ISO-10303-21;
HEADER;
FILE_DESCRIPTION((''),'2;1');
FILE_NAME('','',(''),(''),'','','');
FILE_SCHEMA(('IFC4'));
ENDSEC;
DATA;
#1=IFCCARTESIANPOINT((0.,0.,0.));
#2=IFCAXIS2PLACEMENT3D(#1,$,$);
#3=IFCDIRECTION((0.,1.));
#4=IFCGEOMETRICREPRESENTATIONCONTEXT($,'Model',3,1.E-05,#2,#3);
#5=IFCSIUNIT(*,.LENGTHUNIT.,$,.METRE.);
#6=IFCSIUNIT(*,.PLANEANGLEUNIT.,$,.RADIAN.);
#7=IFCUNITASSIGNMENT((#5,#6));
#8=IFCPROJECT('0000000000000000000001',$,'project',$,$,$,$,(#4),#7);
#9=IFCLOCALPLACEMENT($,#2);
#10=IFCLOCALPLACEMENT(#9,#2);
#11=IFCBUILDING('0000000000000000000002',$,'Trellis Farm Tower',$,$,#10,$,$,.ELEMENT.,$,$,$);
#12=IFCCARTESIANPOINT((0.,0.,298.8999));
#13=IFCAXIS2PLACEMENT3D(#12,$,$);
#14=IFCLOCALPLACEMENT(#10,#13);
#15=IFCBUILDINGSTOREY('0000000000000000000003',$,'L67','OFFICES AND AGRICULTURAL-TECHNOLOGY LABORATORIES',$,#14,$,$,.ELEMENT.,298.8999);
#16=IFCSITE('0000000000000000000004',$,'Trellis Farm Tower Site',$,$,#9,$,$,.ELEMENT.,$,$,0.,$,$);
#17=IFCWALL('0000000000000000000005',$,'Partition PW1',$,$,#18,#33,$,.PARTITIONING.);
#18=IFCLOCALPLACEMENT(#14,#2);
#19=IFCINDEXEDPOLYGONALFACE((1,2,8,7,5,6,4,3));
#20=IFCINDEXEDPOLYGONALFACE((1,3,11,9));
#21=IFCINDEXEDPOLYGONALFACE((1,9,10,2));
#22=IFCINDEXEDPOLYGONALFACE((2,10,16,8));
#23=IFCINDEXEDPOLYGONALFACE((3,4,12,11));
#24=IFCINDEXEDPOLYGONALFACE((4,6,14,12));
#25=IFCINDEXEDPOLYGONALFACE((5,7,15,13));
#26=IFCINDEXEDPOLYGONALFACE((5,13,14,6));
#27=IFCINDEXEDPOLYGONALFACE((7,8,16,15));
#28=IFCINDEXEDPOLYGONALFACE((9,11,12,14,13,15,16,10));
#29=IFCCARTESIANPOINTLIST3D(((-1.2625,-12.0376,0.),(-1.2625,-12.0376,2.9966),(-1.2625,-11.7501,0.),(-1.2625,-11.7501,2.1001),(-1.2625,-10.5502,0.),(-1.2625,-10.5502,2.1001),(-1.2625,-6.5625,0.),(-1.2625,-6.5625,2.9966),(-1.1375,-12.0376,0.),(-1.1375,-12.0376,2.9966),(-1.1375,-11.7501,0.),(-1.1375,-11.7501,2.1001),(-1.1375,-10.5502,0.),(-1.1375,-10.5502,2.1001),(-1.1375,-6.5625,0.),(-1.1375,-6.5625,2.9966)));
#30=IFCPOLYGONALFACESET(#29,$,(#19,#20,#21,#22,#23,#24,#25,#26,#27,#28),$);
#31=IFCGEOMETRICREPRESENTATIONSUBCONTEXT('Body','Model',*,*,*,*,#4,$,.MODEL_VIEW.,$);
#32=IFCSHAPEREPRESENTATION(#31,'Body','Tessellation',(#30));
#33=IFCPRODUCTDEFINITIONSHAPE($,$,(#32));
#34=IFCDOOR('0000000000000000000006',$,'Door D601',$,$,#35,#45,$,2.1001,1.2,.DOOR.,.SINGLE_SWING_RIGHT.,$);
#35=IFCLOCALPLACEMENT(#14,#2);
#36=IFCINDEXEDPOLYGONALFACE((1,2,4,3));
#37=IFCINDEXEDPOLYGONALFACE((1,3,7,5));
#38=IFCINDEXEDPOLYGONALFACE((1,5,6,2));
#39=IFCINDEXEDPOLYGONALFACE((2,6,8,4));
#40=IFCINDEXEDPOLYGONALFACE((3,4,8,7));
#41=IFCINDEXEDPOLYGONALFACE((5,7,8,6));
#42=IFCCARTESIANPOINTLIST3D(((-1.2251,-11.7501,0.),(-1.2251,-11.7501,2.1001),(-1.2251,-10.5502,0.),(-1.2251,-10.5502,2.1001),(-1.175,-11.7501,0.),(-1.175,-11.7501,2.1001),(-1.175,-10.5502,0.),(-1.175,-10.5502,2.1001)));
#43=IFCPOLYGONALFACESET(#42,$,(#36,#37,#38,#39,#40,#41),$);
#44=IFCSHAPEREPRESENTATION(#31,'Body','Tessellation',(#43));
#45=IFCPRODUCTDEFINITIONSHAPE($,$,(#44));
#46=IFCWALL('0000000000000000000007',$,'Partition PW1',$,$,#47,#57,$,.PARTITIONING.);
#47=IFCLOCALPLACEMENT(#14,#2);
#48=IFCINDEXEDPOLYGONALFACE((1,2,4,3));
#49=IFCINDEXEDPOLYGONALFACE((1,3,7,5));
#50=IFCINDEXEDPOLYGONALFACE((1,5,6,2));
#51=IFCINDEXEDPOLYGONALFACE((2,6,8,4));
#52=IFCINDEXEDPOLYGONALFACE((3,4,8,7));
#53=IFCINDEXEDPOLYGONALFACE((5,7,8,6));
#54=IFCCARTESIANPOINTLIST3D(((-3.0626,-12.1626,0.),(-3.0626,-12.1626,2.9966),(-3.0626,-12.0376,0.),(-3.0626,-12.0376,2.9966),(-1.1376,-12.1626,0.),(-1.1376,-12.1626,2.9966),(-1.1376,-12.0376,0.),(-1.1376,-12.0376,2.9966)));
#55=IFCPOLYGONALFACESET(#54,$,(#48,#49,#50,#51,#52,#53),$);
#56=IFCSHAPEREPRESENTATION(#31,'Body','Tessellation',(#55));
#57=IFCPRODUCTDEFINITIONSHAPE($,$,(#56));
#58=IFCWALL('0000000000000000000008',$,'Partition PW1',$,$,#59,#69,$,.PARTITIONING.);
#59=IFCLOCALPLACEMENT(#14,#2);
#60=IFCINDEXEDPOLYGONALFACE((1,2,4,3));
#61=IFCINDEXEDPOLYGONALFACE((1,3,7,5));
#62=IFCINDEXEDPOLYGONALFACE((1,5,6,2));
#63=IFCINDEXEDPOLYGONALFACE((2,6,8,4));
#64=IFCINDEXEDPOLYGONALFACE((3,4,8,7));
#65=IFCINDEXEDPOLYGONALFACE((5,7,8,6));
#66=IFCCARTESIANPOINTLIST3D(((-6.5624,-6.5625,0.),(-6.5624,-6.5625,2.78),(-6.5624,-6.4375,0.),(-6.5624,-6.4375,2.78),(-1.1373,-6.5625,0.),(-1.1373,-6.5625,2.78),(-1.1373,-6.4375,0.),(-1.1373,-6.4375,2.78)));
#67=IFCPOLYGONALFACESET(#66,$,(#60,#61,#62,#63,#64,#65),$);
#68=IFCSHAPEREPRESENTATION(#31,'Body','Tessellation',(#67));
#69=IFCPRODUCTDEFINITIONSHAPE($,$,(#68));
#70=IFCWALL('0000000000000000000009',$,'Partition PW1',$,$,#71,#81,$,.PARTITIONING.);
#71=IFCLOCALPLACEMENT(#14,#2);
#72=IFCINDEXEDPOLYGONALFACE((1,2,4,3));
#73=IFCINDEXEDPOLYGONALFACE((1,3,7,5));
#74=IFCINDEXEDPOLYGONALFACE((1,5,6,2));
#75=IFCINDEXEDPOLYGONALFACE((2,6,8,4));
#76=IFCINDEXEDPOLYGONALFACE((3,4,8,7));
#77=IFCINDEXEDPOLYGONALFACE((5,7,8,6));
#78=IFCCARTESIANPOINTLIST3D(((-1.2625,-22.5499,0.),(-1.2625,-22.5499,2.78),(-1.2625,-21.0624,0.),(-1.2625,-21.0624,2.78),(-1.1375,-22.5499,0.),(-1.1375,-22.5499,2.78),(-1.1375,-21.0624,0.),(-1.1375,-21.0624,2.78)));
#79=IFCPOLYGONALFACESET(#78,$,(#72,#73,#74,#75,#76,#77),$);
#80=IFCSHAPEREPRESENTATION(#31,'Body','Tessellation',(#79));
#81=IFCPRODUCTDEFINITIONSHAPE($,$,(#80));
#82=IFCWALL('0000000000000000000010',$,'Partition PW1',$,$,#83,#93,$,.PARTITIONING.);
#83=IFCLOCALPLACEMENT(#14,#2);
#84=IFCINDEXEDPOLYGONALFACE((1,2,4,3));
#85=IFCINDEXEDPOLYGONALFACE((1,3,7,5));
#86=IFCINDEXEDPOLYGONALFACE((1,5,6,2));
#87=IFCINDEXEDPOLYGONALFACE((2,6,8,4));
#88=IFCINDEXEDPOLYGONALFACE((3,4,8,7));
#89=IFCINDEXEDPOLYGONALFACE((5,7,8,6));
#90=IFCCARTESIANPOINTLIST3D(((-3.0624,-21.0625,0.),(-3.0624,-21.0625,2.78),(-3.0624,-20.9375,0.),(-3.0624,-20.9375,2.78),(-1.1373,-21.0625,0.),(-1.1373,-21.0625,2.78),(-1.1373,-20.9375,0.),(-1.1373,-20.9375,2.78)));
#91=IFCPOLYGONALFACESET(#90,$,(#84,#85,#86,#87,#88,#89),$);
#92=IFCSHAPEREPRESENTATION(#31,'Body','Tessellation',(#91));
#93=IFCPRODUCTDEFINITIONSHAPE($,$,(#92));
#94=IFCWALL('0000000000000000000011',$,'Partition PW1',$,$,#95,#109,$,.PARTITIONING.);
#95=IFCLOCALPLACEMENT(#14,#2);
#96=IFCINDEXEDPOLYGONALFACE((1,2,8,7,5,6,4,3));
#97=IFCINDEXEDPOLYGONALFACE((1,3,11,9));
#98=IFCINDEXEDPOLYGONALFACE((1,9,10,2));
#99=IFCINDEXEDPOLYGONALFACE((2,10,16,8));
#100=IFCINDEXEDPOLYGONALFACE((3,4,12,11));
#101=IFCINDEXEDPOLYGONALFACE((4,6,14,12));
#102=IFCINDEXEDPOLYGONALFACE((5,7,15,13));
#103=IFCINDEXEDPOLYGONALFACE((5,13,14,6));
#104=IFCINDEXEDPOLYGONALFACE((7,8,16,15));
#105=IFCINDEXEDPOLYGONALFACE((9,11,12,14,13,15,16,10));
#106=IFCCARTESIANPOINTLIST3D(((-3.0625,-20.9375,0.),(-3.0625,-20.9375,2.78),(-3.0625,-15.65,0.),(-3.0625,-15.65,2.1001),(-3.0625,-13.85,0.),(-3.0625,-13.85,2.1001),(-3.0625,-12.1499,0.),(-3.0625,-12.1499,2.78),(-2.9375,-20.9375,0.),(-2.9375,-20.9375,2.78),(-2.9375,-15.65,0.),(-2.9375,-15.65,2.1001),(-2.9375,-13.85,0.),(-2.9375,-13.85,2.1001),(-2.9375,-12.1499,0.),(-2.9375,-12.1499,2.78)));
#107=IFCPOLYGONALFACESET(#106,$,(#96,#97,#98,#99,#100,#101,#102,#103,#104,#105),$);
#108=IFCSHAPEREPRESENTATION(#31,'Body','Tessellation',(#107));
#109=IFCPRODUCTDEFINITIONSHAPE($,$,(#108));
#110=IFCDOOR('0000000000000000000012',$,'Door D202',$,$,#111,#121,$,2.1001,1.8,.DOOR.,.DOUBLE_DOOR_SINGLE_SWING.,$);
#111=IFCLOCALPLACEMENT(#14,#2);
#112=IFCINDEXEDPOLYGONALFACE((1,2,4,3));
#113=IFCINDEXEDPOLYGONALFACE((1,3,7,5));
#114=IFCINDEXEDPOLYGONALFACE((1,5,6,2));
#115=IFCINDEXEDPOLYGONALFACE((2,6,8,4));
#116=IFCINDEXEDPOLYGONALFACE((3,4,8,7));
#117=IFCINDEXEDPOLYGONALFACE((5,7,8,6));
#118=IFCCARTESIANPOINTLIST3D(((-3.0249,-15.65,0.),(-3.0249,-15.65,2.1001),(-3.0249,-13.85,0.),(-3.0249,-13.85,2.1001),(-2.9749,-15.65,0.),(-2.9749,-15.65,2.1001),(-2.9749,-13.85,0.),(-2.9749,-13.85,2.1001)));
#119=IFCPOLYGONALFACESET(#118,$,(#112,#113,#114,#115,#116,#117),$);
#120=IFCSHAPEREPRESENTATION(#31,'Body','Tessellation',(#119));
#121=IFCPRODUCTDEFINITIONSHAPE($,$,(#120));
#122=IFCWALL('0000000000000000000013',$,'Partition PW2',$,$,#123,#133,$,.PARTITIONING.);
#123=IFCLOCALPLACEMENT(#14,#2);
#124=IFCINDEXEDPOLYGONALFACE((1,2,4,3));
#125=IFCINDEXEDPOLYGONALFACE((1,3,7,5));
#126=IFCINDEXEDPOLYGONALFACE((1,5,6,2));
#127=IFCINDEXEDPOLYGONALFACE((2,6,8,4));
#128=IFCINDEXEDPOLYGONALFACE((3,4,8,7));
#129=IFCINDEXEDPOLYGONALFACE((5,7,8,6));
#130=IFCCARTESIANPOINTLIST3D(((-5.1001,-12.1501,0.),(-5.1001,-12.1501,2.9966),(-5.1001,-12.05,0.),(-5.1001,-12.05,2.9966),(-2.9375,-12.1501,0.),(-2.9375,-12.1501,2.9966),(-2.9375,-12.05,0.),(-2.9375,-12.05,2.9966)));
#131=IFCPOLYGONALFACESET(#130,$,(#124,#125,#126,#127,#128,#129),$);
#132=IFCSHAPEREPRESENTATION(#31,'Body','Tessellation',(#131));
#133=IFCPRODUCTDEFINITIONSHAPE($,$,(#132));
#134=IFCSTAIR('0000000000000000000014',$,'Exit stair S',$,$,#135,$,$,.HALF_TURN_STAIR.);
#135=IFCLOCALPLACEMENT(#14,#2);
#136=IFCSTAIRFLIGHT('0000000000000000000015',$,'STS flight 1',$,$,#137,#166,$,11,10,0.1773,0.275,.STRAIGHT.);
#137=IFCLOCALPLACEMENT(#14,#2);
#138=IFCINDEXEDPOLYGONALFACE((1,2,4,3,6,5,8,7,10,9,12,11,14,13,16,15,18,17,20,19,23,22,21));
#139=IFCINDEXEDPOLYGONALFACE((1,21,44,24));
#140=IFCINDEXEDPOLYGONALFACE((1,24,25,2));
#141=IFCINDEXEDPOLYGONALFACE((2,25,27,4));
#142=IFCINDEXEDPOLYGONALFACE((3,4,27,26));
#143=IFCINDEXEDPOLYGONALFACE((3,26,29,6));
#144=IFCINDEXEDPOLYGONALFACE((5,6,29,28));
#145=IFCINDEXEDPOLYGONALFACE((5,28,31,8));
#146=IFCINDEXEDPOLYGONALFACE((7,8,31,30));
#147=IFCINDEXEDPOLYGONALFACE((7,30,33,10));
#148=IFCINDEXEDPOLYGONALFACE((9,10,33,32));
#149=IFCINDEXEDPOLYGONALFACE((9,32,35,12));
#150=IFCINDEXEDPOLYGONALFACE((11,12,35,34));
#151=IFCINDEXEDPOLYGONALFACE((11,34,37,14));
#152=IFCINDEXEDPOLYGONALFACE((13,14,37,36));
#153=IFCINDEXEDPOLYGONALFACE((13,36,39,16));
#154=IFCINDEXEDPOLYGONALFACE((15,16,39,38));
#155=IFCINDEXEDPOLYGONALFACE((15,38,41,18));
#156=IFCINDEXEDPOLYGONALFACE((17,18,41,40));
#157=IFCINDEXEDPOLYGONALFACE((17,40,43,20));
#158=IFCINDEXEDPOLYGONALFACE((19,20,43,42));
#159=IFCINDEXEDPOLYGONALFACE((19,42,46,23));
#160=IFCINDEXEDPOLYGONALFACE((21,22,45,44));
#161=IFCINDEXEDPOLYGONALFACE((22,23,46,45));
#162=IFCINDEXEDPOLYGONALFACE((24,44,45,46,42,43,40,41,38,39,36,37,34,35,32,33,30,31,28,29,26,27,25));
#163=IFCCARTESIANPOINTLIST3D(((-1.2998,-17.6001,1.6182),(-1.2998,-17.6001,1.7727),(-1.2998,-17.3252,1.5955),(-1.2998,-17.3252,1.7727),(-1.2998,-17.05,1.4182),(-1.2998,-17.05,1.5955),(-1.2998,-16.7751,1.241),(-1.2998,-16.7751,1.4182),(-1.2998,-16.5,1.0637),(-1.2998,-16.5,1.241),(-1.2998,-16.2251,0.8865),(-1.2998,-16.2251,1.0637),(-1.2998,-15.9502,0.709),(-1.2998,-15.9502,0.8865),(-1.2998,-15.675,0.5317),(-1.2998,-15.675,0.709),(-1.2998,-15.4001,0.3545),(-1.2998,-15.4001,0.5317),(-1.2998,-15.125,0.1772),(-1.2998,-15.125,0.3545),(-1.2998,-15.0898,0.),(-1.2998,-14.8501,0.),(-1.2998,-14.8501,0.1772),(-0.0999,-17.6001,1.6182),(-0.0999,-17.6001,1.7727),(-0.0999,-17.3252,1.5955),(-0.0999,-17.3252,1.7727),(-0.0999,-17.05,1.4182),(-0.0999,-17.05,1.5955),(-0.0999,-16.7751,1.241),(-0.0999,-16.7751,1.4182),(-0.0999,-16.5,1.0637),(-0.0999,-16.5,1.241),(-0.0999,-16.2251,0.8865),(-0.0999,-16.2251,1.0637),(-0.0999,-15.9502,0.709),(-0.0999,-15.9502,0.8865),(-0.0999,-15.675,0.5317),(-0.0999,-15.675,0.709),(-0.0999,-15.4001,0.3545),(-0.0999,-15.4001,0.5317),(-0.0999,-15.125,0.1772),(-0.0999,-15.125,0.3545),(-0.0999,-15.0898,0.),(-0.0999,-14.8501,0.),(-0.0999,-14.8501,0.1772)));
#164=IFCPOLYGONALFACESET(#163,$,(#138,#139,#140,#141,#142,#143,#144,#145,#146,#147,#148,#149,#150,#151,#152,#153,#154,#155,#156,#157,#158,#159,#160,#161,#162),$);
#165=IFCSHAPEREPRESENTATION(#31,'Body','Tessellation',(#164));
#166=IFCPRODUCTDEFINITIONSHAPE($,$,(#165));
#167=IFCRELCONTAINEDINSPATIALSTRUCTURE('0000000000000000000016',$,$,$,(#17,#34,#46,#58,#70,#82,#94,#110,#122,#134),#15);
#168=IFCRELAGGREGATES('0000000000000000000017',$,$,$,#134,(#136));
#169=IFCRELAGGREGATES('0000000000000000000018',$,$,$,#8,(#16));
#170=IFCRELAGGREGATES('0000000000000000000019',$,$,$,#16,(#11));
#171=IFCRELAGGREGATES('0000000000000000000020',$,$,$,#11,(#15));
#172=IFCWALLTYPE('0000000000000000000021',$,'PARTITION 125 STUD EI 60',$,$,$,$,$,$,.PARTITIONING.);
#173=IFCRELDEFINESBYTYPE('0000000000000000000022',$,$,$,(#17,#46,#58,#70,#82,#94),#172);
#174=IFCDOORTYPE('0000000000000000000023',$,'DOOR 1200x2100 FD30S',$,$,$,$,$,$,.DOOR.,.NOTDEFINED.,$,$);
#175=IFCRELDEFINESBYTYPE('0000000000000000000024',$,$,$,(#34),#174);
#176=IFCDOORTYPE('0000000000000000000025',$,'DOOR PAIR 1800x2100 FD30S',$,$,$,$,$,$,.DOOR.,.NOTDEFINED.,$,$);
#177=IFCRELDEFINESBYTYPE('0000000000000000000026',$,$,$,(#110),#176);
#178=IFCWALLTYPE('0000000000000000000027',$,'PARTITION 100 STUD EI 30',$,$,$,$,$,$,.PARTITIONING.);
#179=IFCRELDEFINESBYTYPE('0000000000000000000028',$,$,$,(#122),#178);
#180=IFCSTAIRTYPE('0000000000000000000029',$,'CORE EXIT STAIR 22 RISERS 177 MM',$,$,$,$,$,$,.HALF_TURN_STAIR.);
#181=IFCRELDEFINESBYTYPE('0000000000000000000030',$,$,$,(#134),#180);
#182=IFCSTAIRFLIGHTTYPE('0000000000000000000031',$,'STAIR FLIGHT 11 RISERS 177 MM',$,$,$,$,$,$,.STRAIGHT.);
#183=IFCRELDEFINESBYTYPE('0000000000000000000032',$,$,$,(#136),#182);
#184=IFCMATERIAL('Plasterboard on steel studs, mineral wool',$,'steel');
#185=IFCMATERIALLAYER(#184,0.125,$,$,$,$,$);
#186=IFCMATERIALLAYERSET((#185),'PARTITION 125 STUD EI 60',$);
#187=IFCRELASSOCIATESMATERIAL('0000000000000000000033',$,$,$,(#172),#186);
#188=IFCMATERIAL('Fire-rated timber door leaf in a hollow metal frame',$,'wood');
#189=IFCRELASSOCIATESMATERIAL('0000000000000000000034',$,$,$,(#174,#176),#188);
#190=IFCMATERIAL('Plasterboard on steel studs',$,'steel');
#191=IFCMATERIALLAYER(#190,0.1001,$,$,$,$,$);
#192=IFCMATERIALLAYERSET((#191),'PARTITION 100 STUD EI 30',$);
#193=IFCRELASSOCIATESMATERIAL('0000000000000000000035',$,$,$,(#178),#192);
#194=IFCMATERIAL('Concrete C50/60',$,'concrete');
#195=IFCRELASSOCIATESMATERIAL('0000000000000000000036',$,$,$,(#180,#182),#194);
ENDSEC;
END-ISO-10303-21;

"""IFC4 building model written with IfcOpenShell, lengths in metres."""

from ifc_helpers import new_model, si_unit, direction, frame, frame_2d, origin, place, context, subcontext, project, spatial, polyline, rectangle, outline, extrude, source, transform, mapped, material, layer, layer_set, type_object, element, fill, aggregate, save


model = new_model("IFC4")

# Units and contexts
model_context = context("Model", 3, precision=1e-05, world=origin(), true_north=direction((0.0, 1.0)))
body_context = subcontext(model_context, "Body", "Model", "MODEL_VIEW")
ifc_project = project(units=[si_unit("LENGTHUNIT", "METRE"), si_unit("PLANEANGLEUNIT", "RADIAN")], contexts=[model_context])

# Site, building, storey
site_placement = place(None, origin())
site = spatial("IfcSite", under=ifc_project, at=site_placement, Name="Trellis Farm Tower Site", CompositionType="ELEMENT", RefElevation=0.0)
building_placement = place(site_placement, origin())
building = spatial("IfcBuilding", under=site, at=building_placement, Name="Trellis Farm Tower", CompositionType="ELEMENT")
storey_placement = place(building_placement, frame((0.0, 0.0, 298.8999)))
storey = spatial("IfcBuildingStorey", under=building, at=storey_placement, Name="L67", Description="OFFICES AND AGRICULTURAL-TECHNOLOGY LABORATORIES", CompositionType="ELEMENT", Elevation=298.8999)

# Shared definitions
placement = place(storey_placement, origin())

# Shared definitions
ifc_material_1 = material(Name="Concrete C50/60", Category="concrete")

# Wall, opening, door
ifc_material_2 = material(Name="Plasterboard on steel studs, mineral wool", Category="steel")
ifc_layer_1 = layer(ifc_material_2, 0.125)
ifc_layer_set_1 = layer_set([ifc_layer_1], Name="PARTITION 125 STUD EI 60")
wall_type_1 = type_object("IfcWallType", Name="PARTITION 125 STUD EI 60", PredefinedType="PARTITIONING", material=ifc_layer_set_1)
shared_shape_1 = source(origin(), body_context, "Body", "SweptSolid", [
    extrude(rectangle(XDim=5.4751, YDim=0.125, at=frame_2d((2.7375, 0.0))), origin(), (0.0, 0.0, 1.0), 2.9966),
])
wall_1_placement = place(storey_placement, frame((-1.2, -6.5625, 0.0), z_axis=(0.0, 0.0, 1.0), x_axis=(0.0, -1.0, 0.0)))
wall_1 = element("IfcWall", 1, at=wall_1_placement, inside=storey, type_object=wall_type_1, Name="Partition PW1", PredefinedType="PARTITIONING", context=body_context, shape_type="MappedRepresentation", body=[
    mapped(shared_shape_1, transform((0.0, 0.0, 0.0))),
])
shared_shape_2 = source(origin(), body_context, "Body", "SweptSolid", [
    extrude(rectangle(XDim=1.2, YDim=2.1001, at=frame_2d((0.6001, 1.05))), frame((0.0, 0.0725, 0.0), z_axis=(0.0, -1.0, 0.0), x_axis=(1.0, 0.0, 0.0)), (0.0, 0.0, 1.0), 0.145),
])
opening_1_placement = place(wall_1_placement, frame((3.9875, 0.0, 0.0)))
opening_1 = element("IfcOpeningElement", 2, at=opening_1_placement, cuts=wall_1, PredefinedType="OPENING", context=body_context, shape_type="MappedRepresentation", body=[
    mapped(shared_shape_2, transform((0.0, 0.0, 0.0))),
])
ifc_material_3 = material(Name="Fire-rated timber door leaf in a hollow metal frame", Category="wood")
door_type_1 = type_object("IfcDoorType", Name="DOOR 1200x2100 FD30S", OperationType="NOTDEFINED", PredefinedType="DOOR", material=ifc_material_3)
shared_shape_3 = source(origin(), body_context, "Body", "SweptSolid", [
    extrude(rectangle(XDim=1.2, YDim=2.1001, at=frame_2d((0.6001, 1.05))), frame((0.0, 0.0249, 0.0), z_axis=(0.0, -1.0, 0.0), x_axis=(1.0, 0.0, 0.0)), (0.0, 0.0, 1.0), 0.05),
])
door_1_placement = place(opening_1_placement, origin())
door_1 = element("IfcDoor", 3, at=door_1_placement, inside=storey, type_object=door_type_1, Name="Door D601", OperationType="SINGLE_SWING_RIGHT", OverallHeight=2.1001, OverallWidth=1.2, PredefinedType="DOOR", context=body_context, shape_type="MappedRepresentation", body=[
    mapped(shared_shape_3, transform((0.0, 0.0, 0.0))),
])
fill(opening_1, door_1)

# Walls
shared_shape_4 = source(origin(), body_context, "Body", "SweptSolid", [
    extrude(rectangle(XDim=1.925, YDim=0.125, at=frame_2d((0.9624, 0.0))), origin(), (0.0, 0.0, 1.0), 2.9966),
])
wall_2_placement = place(storey_placement, frame((-3.0625, -12.1001, 0.0), z_axis=(0.0, 0.0, 1.0), x_axis=(1.0, 0.0, 0.0)))
element("IfcWall", 4, at=wall_2_placement, inside=storey, type_object=wall_type_1, Name="Partition PW1", PredefinedType="PARTITIONING", context=body_context, shape_type="MappedRepresentation", body=[
    mapped(shared_shape_4, transform((0.0, 0.0, 0.0))),
])
shared_shape_5 = source(origin(), body_context, "Body", "SweptSolid", [
    extrude(rectangle(XDim=5.425, YDim=0.125, at=frame_2d((2.7124, 0.0))), origin(), (0.0, 0.0, 1.0), 2.78),
])
wall_3_placement = place(storey_placement, frame((-1.1375, -6.5, 0.0), z_axis=(0.0, 0.0, 1.0), x_axis=(-1.0, 0.0, 0.0)))
element("IfcWall", 5, at=wall_3_placement, inside=storey, type_object=wall_type_1, Name="Partition PW1", PredefinedType="PARTITIONING", context=body_context, shape_type="MappedRepresentation", body=[
    mapped(shared_shape_5, transform((0.0, 0.0, 0.0))),
])
shared_shape_6 = source(origin(), body_context, "Body", "SweptSolid", [
    extrude(rectangle(XDim=1.4875, YDim=0.125, at=frame_2d((0.7437, 0.0))), origin(), (0.0, 0.0, 1.0), 2.78),
])
wall_4_placement = place(storey_placement, frame((-1.2, -21.0625, 0.0), z_axis=(0.0, 0.0, 1.0), x_axis=(0.0, -1.0, 0.0)))
element("IfcWall", 6, at=wall_4_placement, inside=storey, type_object=wall_type_1, Name="Partition PW1", PredefinedType="PARTITIONING", context=body_context, shape_type="MappedRepresentation", body=[
    mapped(shared_shape_6, transform((0.0, 0.0, 0.0))),
])
shared_shape_7 = source(origin(), body_context, "Body", "SweptSolid", [
    extrude(rectangle(XDim=1.925, YDim=0.125, at=frame_2d((0.9624, 0.0))), origin(), (0.0, 0.0, 1.0), 2.78),
])
wall_5_placement = place(storey_placement, frame((-1.1375, -21.0, 0.0), z_axis=(0.0, 0.0, 1.0), x_axis=(-1.0, 0.0, 0.0)))
element("IfcWall", 7, at=wall_5_placement, inside=storey, type_object=wall_type_1, Name="Partition PW1", PredefinedType="PARTITIONING", context=body_context, shape_type="MappedRepresentation", body=[
    mapped(shared_shape_7, transform((0.0, 0.0, 0.0))),
])

# Wall, opening, door
shared_shape_8 = source(origin(), body_context, "Body", "SweptSolid", [
    extrude(rectangle(XDim=8.7876, YDim=0.125, at=frame_2d((4.3938, 0.0))), origin(), (0.0, 0.0, 1.0), 2.78),
])
wall_6_placement = place(storey_placement, frame((-3.0, -20.9375, 0.0), z_axis=(0.0, 0.0, 1.0), x_axis=(0.0, 1.0, 0.0)))
wall_6 = element("IfcWall", 8, at=wall_6_placement, inside=storey, type_object=wall_type_1, Name="Partition PW1", PredefinedType="PARTITIONING", context=body_context, shape_type="MappedRepresentation", body=[
    mapped(shared_shape_8, transform((0.0, 0.0, 0.0))),
])
shared_shape_9 = source(origin(), body_context, "Body", "SweptSolid", [
    extrude(rectangle(XDim=1.8, YDim=2.1001, at=frame_2d((0.8999, 1.05))), frame((0.0, 0.0725, 0.0), z_axis=(0.0, -1.0, 0.0), x_axis=(1.0, 0.0, 0.0)), (0.0, 0.0, 1.0), 0.145),
])
opening_2_placement = place(wall_6_placement, frame((5.2876, 0.0, 0.0)))
opening_2 = element("IfcOpeningElement", 9, at=opening_2_placement, cuts=wall_6, PredefinedType="OPENING", context=body_context, shape_type="MappedRepresentation", body=[
    mapped(shared_shape_9, transform((0.0, 0.0, 0.0))),
])
door_type_2 = type_object("IfcDoorType", Name="DOOR PAIR 1800x2100 FD30S", OperationType="NOTDEFINED", PredefinedType="DOOR", material=ifc_material_3)
shared_shape_10 = source(origin(), body_context, "Body", "SweptSolid", [
    extrude(rectangle(XDim=1.8, YDim=2.1001, at=frame_2d((0.8999, 1.05))), frame((0.0, 0.0249, 0.0), z_axis=(0.0, -1.0, 0.0), x_axis=(1.0, 0.0, 0.0)), (0.0, 0.0, 1.0), 0.05),
])
door_2_placement = place(opening_2_placement, origin())
door_2 = element("IfcDoor", 10, at=door_2_placement, inside=storey, type_object=door_type_2, Name="Door D202", OperationType="DOUBLE_DOOR_SINGLE_SWING", OverallHeight=2.1001, OverallWidth=1.8, PredefinedType="DOOR", context=body_context, shape_type="MappedRepresentation", body=[
    mapped(shared_shape_10, transform((0.0, 0.0, 0.0))),
])
fill(opening_2, door_2)

# Wall
ifc_material_4 = material(Name="Plasterboard on steel studs", Category="steel")
ifc_layer_2 = layer(ifc_material_4, 0.1001)
ifc_layer_set_2 = layer_set([ifc_layer_2], Name="PARTITION 100 STUD EI 30")
wall_type_2 = type_object("IfcWallType", Name="PARTITION 100 STUD EI 30", PredefinedType="PARTITIONING", material=ifc_layer_set_2)
shared_shape_11 = source(origin(), body_context, "Body", "SweptSolid", [
    extrude(rectangle(XDim=2.1626, YDim=0.1001, at=frame_2d((1.0813, 0.0))), origin(), (0.0, 0.0, 1.0), 2.9966),
])
wall_7_placement = place(storey_placement, frame((-5.1001, -12.1001, 0.0), z_axis=(0.0, 0.0, 1.0), x_axis=(1.0, 0.0, 0.0)))
element("IfcWall", 11, at=wall_7_placement, inside=storey, type_object=wall_type_2, Name="Partition PW2", PredefinedType="PARTITIONING", context=body_context, shape_type="MappedRepresentation", body=[
    mapped(shared_shape_11, transform((0.0, 0.0, 0.0))),
])

# Stair, stair flight
stair_type = type_object("IfcStairType", Name="CORE EXIT STAIR 22 RISERS 177 MM", PredefinedType="HALF_TURN_STAIR", material=ifc_material_1)
stair = element("IfcStair", 12, at=placement, inside=storey, type_object=stair_type, Name="Exit stair S", PredefinedType="HALF_TURN_STAIR")
stair_flight_type = type_object("IfcStairFlightType", Name="STAIR FLIGHT 11 RISERS 177 MM", PredefinedType="STRAIGHT", material=ifc_material_1)
shared_shape_12 = source(origin(), body_context, "Body", "SweptSolid", [
    extrude(outline(polyline([(0.0, 0.0), (0.0, 0.1772), (0.2749, 0.1772), (0.2749, 0.3545), (0.55, 0.3545), (0.55, 0.5317), (0.825, 0.5317), (0.825, 0.709), (1.1001, 0.709), (1.1001, 0.8865), (1.375, 0.8865), (1.375, 1.0637), (1.6499, 1.0637), (1.6499, 1.241), (1.925, 1.241), (1.925, 1.4182), (2.2, 1.4182), (2.2, 1.5955), (2.4751, 1.5955), (2.4751, 1.7727), (2.75, 1.7727), (2.75, 1.95), (2.75, 1.6182), (0.2397, 0.0), (0.0, 0.0)])), frame((0.0, 0.6001, 0.0), z_axis=(0.0, -1.0, 0.0), x_axis=(1.0, 0.0, 0.0)), (0.0, 0.0, 1.0), 1.2),
])
stair_flight_placement = place(storey_placement, frame((-0.7, -14.8501, 0.0), z_axis=(0.0, 0.0, 1.0), x_axis=(0.0, -1.0, 0.0)))
stair_flight = element("IfcStairFlight", 13, at=stair_flight_placement, type_object=stair_flight_type, Name="STS flight 1", NumberOfRisers=11, NumberOfTreads=10, PredefinedType="STRAIGHT", RiserHeight=0.1773, TreadLength=0.275, context=body_context, shape_type="MappedRepresentation", body=[
    mapped(shared_shape_12, transform((0.0, 0.0, 0.0))),
])
aggregate(stair, [stair_flight])

save(model, "model.ifc")
